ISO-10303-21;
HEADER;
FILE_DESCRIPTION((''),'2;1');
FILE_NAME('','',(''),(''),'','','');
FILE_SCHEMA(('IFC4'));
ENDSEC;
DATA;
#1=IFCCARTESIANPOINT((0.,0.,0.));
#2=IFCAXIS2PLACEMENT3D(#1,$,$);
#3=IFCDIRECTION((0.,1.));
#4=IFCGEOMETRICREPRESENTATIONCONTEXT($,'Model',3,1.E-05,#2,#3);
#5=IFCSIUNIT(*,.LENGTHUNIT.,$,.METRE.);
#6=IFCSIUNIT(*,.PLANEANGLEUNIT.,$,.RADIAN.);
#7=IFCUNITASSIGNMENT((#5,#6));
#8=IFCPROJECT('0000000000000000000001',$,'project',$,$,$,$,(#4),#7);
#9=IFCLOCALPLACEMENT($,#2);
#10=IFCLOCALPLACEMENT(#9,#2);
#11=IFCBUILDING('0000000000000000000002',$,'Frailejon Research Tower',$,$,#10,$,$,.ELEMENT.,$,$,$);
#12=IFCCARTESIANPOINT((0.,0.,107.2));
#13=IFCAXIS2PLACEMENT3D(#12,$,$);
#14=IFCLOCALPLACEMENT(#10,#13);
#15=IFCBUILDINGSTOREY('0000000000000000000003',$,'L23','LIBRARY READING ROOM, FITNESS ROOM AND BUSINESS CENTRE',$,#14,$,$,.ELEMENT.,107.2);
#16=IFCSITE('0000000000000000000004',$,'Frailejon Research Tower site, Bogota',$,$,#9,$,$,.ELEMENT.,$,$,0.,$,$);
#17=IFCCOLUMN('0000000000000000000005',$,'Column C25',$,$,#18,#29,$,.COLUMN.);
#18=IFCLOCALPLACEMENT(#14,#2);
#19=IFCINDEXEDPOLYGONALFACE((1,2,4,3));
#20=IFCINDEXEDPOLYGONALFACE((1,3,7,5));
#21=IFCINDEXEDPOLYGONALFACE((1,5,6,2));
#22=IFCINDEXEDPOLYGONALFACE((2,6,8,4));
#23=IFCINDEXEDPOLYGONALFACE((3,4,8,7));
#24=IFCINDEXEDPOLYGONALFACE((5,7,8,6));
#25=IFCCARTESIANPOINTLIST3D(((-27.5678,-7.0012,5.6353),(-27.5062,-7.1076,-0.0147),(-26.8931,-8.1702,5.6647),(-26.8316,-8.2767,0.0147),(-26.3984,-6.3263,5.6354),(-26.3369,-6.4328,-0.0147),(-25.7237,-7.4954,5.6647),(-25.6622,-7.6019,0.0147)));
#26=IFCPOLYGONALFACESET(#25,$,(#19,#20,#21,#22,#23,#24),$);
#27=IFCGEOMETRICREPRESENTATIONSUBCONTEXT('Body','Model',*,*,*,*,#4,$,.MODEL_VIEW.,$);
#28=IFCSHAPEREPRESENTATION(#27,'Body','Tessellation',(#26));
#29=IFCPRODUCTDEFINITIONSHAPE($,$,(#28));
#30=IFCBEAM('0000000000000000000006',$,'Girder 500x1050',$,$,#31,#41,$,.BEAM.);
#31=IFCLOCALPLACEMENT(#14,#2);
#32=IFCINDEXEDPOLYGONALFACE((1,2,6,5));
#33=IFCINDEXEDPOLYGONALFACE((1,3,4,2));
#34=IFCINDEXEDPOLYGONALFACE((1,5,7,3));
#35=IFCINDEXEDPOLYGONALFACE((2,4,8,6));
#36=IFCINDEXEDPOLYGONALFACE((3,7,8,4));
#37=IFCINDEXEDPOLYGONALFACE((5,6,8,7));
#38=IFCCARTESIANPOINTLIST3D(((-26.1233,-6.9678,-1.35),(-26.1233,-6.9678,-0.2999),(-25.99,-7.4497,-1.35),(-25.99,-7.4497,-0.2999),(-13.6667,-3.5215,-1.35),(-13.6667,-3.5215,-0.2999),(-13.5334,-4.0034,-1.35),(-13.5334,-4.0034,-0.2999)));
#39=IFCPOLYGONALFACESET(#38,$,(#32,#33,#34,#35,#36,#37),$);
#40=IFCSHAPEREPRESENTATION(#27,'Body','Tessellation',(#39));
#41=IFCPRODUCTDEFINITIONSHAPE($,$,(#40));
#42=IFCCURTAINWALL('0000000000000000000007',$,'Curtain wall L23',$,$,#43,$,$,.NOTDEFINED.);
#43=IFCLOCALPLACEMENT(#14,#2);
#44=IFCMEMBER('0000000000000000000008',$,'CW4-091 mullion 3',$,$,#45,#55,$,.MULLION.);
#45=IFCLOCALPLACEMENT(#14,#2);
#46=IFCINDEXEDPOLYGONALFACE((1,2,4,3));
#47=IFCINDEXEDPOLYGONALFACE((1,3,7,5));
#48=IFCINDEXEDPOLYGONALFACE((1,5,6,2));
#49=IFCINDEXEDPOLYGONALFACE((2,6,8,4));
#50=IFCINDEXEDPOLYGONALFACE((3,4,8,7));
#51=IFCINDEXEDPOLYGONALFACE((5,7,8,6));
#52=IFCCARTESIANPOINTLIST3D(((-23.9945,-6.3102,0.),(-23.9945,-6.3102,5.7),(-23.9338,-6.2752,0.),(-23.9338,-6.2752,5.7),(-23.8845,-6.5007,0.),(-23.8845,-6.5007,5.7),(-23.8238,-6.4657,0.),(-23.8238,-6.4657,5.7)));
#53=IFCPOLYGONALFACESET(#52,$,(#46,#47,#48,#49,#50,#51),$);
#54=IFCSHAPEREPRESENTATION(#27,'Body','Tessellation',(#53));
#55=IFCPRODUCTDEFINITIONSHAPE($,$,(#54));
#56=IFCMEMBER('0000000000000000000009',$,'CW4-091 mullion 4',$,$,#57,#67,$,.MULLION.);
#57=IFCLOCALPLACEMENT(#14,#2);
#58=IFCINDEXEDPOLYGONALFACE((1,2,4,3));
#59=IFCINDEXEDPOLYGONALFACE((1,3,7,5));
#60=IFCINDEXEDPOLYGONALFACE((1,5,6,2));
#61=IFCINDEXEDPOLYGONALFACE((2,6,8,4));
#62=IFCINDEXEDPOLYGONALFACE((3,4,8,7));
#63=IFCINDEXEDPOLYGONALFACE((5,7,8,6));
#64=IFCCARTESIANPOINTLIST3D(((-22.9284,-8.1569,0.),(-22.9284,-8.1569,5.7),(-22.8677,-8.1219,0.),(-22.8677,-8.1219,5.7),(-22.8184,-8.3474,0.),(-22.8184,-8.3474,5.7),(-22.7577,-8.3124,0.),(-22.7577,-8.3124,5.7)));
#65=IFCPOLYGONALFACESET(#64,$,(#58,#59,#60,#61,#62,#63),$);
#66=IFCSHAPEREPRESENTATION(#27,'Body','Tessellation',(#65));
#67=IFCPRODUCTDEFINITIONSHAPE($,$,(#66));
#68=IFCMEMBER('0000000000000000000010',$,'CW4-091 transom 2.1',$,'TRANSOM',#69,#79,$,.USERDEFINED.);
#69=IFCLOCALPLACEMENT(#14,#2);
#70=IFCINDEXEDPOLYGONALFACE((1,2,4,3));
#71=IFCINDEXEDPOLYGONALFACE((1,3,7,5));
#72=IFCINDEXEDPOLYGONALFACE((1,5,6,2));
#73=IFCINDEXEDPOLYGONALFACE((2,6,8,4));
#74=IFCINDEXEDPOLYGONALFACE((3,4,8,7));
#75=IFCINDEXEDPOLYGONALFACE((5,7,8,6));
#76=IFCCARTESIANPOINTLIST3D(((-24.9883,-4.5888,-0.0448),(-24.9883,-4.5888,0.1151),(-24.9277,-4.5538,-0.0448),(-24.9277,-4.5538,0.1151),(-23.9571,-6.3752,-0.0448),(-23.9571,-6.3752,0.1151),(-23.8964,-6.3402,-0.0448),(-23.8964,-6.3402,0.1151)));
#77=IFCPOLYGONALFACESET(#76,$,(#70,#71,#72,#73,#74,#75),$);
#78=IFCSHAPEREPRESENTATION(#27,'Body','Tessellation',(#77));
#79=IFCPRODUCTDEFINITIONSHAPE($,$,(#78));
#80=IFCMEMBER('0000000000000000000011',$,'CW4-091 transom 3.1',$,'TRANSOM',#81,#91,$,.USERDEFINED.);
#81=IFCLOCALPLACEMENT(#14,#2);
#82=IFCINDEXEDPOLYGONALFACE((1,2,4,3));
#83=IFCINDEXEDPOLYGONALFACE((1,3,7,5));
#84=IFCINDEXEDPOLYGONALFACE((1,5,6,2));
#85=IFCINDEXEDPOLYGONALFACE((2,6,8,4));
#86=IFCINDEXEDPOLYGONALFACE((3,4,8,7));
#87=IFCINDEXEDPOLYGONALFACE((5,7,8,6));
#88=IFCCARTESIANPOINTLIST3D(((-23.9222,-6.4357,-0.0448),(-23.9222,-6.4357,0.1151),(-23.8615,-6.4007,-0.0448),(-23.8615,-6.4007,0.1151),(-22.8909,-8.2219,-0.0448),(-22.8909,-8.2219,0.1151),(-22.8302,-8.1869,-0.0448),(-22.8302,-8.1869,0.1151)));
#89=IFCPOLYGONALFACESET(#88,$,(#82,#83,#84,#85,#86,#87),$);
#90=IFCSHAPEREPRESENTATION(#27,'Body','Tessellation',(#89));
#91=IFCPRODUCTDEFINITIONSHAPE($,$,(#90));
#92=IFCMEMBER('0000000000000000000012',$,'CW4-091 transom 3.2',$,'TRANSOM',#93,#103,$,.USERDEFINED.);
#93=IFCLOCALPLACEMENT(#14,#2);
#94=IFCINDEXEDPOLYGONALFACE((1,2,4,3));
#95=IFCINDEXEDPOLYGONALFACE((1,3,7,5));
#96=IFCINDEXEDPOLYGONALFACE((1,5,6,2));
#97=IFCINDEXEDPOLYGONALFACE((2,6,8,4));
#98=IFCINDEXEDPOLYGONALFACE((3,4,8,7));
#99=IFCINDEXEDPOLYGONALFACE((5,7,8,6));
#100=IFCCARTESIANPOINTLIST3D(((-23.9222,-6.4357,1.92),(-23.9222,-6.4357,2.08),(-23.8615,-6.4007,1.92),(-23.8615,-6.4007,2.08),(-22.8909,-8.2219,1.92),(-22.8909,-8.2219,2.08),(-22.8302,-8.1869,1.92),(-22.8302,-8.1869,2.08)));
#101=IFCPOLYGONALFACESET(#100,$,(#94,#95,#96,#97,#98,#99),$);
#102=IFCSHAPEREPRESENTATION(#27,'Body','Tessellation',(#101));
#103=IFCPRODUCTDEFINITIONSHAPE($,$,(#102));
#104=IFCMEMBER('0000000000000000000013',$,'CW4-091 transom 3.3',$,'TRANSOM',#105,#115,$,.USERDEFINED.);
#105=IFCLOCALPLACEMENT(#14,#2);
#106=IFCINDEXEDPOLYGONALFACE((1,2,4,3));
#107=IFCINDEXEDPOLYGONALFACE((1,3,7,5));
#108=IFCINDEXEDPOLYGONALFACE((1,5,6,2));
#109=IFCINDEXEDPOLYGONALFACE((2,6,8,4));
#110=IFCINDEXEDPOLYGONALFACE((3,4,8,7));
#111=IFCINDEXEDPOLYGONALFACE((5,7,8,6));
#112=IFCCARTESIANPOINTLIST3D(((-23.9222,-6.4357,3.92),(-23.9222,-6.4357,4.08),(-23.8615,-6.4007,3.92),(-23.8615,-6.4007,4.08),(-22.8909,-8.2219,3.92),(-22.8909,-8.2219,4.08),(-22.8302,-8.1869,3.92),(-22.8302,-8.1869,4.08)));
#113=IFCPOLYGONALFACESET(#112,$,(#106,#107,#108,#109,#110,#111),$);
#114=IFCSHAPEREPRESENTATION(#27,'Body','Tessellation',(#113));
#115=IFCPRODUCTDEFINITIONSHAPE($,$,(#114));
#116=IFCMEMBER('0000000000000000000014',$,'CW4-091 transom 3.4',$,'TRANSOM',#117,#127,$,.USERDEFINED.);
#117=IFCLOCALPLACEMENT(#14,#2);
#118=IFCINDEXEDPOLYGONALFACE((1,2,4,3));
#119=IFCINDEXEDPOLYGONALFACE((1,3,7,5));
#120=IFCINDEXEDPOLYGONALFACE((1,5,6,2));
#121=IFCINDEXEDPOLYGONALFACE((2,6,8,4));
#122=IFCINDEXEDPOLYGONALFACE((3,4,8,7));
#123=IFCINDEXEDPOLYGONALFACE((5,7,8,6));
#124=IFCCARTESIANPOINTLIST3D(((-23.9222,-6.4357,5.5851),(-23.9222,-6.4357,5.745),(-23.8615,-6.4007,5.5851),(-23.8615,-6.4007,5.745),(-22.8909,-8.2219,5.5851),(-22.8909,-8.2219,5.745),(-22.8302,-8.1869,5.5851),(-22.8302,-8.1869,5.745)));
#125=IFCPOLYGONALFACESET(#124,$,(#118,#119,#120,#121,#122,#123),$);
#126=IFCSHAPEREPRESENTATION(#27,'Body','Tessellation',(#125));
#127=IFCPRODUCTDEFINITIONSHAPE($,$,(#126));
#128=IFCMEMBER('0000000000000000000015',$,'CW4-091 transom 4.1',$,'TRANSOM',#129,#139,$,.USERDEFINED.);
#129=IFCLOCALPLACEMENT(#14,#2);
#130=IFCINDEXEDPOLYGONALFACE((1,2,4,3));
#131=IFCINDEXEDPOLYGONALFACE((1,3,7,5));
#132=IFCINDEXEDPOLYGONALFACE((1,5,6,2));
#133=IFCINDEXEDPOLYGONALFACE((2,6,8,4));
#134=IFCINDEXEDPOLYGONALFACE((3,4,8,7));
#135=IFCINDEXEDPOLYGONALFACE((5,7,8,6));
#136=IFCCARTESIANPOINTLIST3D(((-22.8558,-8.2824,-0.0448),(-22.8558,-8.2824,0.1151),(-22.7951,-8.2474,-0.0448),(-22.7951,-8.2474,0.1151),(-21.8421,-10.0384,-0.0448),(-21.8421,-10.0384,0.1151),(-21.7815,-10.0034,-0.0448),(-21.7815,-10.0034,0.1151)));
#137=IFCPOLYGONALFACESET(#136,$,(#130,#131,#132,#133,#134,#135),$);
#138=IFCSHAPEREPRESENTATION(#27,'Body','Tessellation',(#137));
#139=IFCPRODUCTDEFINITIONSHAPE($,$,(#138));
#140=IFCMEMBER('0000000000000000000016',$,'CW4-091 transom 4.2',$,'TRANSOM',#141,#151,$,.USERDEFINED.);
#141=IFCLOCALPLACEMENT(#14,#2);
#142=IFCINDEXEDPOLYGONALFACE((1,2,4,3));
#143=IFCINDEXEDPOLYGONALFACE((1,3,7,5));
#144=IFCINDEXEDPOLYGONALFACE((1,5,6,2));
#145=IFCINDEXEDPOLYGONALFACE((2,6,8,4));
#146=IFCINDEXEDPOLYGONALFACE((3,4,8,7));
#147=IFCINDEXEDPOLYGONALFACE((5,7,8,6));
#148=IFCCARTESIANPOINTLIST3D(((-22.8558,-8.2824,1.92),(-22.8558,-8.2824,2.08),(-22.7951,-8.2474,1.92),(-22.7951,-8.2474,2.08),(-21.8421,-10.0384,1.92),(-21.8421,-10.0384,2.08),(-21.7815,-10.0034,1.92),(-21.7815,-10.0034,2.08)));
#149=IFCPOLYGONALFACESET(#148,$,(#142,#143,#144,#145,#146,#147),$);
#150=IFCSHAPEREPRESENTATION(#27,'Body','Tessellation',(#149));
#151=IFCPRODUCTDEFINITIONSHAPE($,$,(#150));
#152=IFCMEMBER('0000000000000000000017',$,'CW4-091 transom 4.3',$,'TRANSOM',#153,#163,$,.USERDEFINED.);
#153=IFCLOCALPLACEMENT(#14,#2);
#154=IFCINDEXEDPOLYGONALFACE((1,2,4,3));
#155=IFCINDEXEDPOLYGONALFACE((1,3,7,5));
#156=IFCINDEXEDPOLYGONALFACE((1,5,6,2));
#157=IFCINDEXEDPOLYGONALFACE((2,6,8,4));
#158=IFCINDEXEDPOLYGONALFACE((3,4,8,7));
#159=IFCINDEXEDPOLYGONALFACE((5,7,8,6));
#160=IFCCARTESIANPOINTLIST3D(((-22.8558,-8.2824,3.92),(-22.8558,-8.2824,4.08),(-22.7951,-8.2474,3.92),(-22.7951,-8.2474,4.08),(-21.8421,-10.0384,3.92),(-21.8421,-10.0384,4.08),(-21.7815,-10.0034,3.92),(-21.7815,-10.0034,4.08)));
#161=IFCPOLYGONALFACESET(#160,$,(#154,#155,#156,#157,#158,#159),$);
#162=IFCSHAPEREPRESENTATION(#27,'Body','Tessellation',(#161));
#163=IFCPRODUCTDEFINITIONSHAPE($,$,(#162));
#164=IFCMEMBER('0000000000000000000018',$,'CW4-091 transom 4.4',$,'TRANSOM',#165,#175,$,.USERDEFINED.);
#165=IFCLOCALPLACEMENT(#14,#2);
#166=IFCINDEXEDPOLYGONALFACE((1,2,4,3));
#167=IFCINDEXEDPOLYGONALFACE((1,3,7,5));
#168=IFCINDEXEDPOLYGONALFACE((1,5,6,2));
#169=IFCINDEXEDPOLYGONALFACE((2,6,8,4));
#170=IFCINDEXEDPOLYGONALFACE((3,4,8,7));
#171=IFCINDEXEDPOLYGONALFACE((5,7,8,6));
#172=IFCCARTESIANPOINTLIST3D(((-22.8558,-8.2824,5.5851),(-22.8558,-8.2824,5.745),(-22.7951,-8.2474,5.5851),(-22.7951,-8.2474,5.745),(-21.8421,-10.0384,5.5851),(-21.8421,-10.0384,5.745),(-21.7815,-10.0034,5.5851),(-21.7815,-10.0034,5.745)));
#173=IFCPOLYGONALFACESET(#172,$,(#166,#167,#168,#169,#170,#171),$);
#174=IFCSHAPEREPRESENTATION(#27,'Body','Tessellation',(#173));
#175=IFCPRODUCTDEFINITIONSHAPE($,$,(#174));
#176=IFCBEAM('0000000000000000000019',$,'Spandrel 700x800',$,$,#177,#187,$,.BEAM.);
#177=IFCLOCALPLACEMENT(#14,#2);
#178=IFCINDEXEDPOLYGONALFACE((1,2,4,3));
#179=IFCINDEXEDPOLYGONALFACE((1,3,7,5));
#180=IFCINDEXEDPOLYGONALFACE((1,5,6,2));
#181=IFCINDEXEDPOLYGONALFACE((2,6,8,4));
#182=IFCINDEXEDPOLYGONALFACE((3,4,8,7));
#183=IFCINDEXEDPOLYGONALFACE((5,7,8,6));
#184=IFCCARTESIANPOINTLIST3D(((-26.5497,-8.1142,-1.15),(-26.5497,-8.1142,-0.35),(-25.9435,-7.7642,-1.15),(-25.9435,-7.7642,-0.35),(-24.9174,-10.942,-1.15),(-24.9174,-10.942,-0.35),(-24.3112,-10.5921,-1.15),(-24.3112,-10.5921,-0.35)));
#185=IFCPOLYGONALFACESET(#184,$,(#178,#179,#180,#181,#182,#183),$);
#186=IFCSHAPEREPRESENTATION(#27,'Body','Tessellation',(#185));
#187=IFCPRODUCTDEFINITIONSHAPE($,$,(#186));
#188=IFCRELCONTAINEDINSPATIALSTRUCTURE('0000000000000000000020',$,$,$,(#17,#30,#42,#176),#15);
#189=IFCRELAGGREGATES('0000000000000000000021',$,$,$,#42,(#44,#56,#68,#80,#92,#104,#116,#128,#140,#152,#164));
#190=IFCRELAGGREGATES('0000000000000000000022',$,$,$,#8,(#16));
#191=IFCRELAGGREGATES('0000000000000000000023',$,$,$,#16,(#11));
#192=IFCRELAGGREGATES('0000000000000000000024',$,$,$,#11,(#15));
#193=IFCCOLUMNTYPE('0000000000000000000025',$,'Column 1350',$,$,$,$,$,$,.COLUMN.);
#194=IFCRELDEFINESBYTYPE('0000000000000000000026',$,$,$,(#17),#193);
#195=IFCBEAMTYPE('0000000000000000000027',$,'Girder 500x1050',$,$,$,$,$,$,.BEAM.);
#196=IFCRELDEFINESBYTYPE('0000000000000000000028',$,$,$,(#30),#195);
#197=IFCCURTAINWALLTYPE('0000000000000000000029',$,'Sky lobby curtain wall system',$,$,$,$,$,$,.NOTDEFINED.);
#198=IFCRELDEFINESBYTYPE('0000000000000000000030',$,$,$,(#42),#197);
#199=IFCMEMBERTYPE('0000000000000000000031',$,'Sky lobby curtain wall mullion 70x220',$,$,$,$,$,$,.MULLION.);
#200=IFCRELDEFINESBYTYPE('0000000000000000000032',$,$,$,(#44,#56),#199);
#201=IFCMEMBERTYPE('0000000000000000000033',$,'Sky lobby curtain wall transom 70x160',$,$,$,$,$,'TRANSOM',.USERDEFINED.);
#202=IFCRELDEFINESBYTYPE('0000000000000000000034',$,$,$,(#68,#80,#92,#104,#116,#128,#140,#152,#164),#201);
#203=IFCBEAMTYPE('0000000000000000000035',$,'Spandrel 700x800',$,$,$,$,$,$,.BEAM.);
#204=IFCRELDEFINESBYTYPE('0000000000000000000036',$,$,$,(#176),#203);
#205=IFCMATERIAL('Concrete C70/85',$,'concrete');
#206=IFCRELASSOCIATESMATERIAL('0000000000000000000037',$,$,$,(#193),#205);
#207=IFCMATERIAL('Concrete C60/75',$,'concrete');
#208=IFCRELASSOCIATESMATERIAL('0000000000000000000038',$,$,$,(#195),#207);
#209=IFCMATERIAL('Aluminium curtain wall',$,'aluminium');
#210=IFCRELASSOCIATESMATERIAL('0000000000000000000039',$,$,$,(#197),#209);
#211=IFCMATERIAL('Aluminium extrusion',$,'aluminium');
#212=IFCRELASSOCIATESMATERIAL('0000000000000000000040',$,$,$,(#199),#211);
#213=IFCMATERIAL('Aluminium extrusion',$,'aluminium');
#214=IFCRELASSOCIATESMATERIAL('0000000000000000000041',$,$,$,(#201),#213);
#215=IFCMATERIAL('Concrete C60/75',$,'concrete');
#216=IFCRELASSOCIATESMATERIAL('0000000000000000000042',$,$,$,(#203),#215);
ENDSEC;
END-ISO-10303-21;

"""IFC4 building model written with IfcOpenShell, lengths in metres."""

from ifc_helpers import new_model, si_unit, direction, frame, origin, origin_2d, place, context, subcontext, project, spatial, rectangle, extrude, material, material_profile, profile_set, type_object, element, aggregate, save


model = new_model("IFC4")

# Units and contexts
model_context = context("Model", 3, precision=1e-05, world=origin(), true_north=direction((0.0, 1.0)))
body_context = subcontext(model_context, "Body", "Model", "MODEL_VIEW")
ifc_project = project(units=[si_unit("LENGTHUNIT", "METRE"), si_unit("PLANEANGLEUNIT", "RADIAN")], contexts=[model_context])

# Site, building, storey
site_placement = place(None, origin())
site = spatial("IfcSite", under=ifc_project, at=site_placement, Name="Frailejon Research Tower site, Bogota", CompositionType="ELEMENT", RefElevation=0.0)
building_placement = place(site_placement, origin())
building = spatial("IfcBuilding", under=site, at=building_placement, Name="Frailejon Research Tower", CompositionType="ELEMENT")
storey_placement = place(building_placement, frame((0.0, 0.0, 107.2)))
storey = spatial("IfcBuildingStorey", under=building, at=storey_placement, Name="L23", Description="LIBRARY READING ROOM, FITNESS ROOM AND BUSINESS CENTRE", CompositionType="ELEMENT", Elevation=107.2)

# Column
ifc_material_1 = material(Name="Concrete C70/85", Category="concrete")
ifc_material_profile_1 = material_profile(ifc_material_1, rectangle(XDim=1.3501, YDim=1.3501, at=origin_2d()), Name="Column 1350")
ifc_profile_set_1 = profile_set([ifc_material_profile_1], Name="Concrete C70/85")
column_type = type_object("IfcColumnType", Name="Column 1350", PredefinedType="COLUMN", material=ifc_profile_set_1)
column_placement = place(storey_placement, frame((-26.5842, -7.3547, 0.0), z_axis=(-0.010886, 0.018835, 0.999763), x_axis=(0.499708, -0.865921, 0.021755)))
element("IfcColumn", 1, at=column_placement, inside=storey, type_object=column_type, Name="Column C25", PredefinedType="COLUMN", context=body_context, shape_type="SweptSolid", body=[
    extrude(rectangle(XDim=1.3501, YDim=1.3501, at=origin_2d()), origin(), (0.0, 0.0, 1.0), 5.6514),
])

# Beam
ifc_material_2 = material(Name="Concrete C60/75", Category="concrete")
ifc_material_profile_2 = material_profile(ifc_material_2, rectangle(XDim=0.5, YDim=1.05, at=origin_2d()), Name="Girder 500x1050")
ifc_profile_set_2 = profile_set([ifc_material_profile_2], Name="Concrete C60/75")
beam_type_1 = type_object("IfcBeamType", Name="Girder 500x1050", PredefinedType="BEAM", material=ifc_profile_set_2)
beam_1_placement = place(storey_placement, frame((-26.0566, -7.2087, -0.825), z_axis=(0.963794, 0.266648, 0.0), x_axis=(-0.266648, 0.963794, 0.0)))
element("IfcBeam", 2, at=beam_1_placement, inside=storey, type_object=beam_type_1, Name="Girder 500x1050", PredefinedType="BEAM", context=body_context, shape_type="SweptSolid", body=[
    extrude(rectangle(XDim=0.5, YDim=1.05, at=origin_2d()), origin(), (0.0, 0.0, 1.0), 12.9246),
])

# Curtain wall, members
ifc_material_3 = material(Name="Aluminium curtain wall", Category="aluminium")
curtain_wall_type = type_object("IfcCurtainWallType", Name="Sky lobby curtain wall system", PredefinedType="NOTDEFINED", material=ifc_material_3)
curtain_wall_placement = place(storey_placement, origin())
curtain_wall = element("IfcCurtainWall", 3, at=curtain_wall_placement, inside=storey, type_object=curtain_wall_type, Name="Curtain wall L23", PredefinedType="NOTDEFINED")
ifc_material_4 = material(Name="Aluminium extrusion", Category="aluminium")
ifc_material_profile_3 = material_profile(ifc_material_4, rectangle(XDim=0.0701, YDim=0.22, at=origin_2d()), Name="Sky lobby curtain wall mullion 70x220")
ifc_profile_set_3 = profile_set([ifc_material_profile_3], Name="Aluminium extrusion")
member_type_1 = type_object("IfcMemberType", Name="Sky lobby curtain wall mullion 70x220", PredefinedType="MULLION", material=ifc_profile_set_3)
member_1_placement = place(storey_placement, frame((-23.9092, -6.3879, 0.0), z_axis=(0.0, 0.0, 1.0), x_axis=(0.866026, 0.5, 0.0)))
member_1 = element("IfcMember", 4, at=member_1_placement, type_object=member_type_1, Name="CW4-091 mullion 3", PredefinedType="MULLION", context=body_context, shape_type="SweptSolid", body=[
    extrude(rectangle(XDim=0.0701, YDim=0.22, at=origin_2d()), origin(), (0.0, 0.0, 1.0), 5.7),
])
member_2_placement = place(storey_placement, frame((-22.843, -8.2346, 0.0), z_axis=(0.0, 0.0, 1.0), x_axis=(0.866026, 0.5, 0.0)))
member_2 = element("IfcMember", 5, at=member_2_placement, type_object=member_type_1, Name="CW4-091 mullion 4", PredefinedType="MULLION", context=body_context, shape_type="SweptSolid", body=[
    extrude(rectangle(XDim=0.0701, YDim=0.22, at=origin_2d()), origin(), (0.0, 0.0, 1.0), 5.7),
])
ifc_material_5 = material(Name="Aluminium extrusion", Category="aluminium")
ifc_material_profile_4 = material_profile(ifc_material_5, rectangle(XDim=0.0701, YDim=0.1599, at=origin_2d()), Name="Sky lobby curtain wall transom 70x160")
ifc_profile_set_4 = profile_set([ifc_material_profile_4], Name="Aluminium extrusion")
member_type_2 = type_object("IfcMemberType", Name="Sky lobby curtain wall transom 70x160", ElementType="TRANSOM", PredefinedType="USERDEFINED", material=ifc_profile_set_4)
member_3_placement = place(storey_placement, frame((-24.958, -4.5713, 0.0352), z_axis=(0.499958, -0.86605, 0.0), x_axis=(0.86605, 0.499958, 0.0)))
member_3 = element("IfcMember", 6, at=member_3_placement, type_object=member_type_2, Name="CW4-091 transom 2.1", ObjectType="TRANSOM", PredefinedType="USERDEFINED", context=body_context, shape_type="SweptSolid", body=[
    extrude(rectangle(XDim=0.0701, YDim=0.1599, at=origin_2d()), origin(), (0.0, 0.0, 1.0), 2.0627),
])
member_4_placement = place(storey_placement, frame((-23.8918, -6.4182, 0.0352), z_axis=(0.500009, -0.86602, 0.0), x_axis=(0.86602, 0.500009, 0.0)))
member_4 = element("IfcMember", 7, at=member_4_placement, type_object=member_type_2, Name="CW4-091 transom 3.1", ObjectType="TRANSOM", PredefinedType="USERDEFINED", context=body_context, shape_type="SweptSolid", body=[
    extrude(rectangle(XDim=0.0701, YDim=0.1599, at=origin_2d()), origin(), (0.0, 0.0, 1.0), 2.0625),
])
member_5_placement = place(storey_placement, frame((-23.8918, -6.4182, 2.0), z_axis=(0.500009, -0.86602, 0.0), x_axis=(0.86602, 0.500009, 0.0)))
member_5 = element("IfcMember", 8, at=member_5_placement, type_object=member_type_2, Name="CW4-091 transom 3.2", ObjectType="TRANSOM", PredefinedType="USERDEFINED", context=body_context, shape_type="SweptSolid", body=[
    extrude(rectangle(XDim=0.0701, YDim=0.1599, at=origin_2d()), origin(), (0.0, 0.0, 1.0), 2.0625),
])
member_6_placement = place(storey_placement, frame((-23.8918, -6.4182, 4.0), z_axis=(0.500009, -0.86602, 0.0), x_axis=(0.86602, 0.500009, 0.0)))
member_6 = element("IfcMember", 9, at=member_6_placement, type_object=member_type_2, Name="CW4-091 transom 3.3", ObjectType="TRANSOM", PredefinedType="USERDEFINED", context=body_context, shape_type="SweptSolid", body=[
    extrude(rectangle(XDim=0.0701, YDim=0.1599, at=origin_2d()), origin(), (0.0, 0.0, 1.0), 2.0625),
])
member_7_placement = place(storey_placement, frame((-23.8918, -6.4182, 5.665), z_axis=(0.500009, -0.86602, 0.0), x_axis=(0.86602, 0.500009, 0.0)))
member_7 = element("IfcMember", 10, at=member_7_placement, type_object=member_type_2, Name="CW4-091 transom 3.4", ObjectType="TRANSOM", PredefinedType="USERDEFINED", context=body_context, shape_type="SweptSolid", body=[
    extrude(rectangle(XDim=0.0701, YDim=0.1599, at=origin_2d()), origin(), (0.0, 0.0, 1.0), 2.0625),
])
member_8_placement = place(storey_placement, frame((-22.8254, -8.2649, 0.0352), z_axis=(0.49992, -0.866071, 0.0), x_axis=(0.866071, 0.49992, 0.0)))
member_8 = element("IfcMember", 11, at=member_8_placement, type_object=member_type_2, Name="CW4-091 transom 4.1", ObjectType="TRANSOM", PredefinedType="USERDEFINED", context=body_context, shape_type="SweptSolid", body=[
    extrude(rectangle(XDim=0.0701, YDim=0.1599, at=origin_2d()), origin(), (0.0, 0.0, 1.0), 2.0276),
])
member_9_placement = place(storey_placement, frame((-22.8254, -8.2649, 2.0), z_axis=(0.49992, -0.866071, 0.0), x_axis=(0.866071, 0.49992, 0.0)))
member_9 = element("IfcMember", 12, at=member_9_placement, type_object=member_type_2, Name="CW4-091 transom 4.2", ObjectType="TRANSOM", PredefinedType="USERDEFINED", context=body_context, shape_type="SweptSolid", body=[
    extrude(rectangle(XDim=0.0701, YDim=0.1599, at=origin_2d()), origin(), (0.0, 0.0, 1.0), 2.0276),
])
member_10_placement = place(storey_placement, frame((-22.8254, -8.2649, 4.0), z_axis=(0.49992, -0.866071, 0.0), x_axis=(0.866071, 0.49992, 0.0)))
member_10 = element("IfcMember", 13, at=member_10_placement, type_object=member_type_2, Name="CW4-091 transom 4.3", ObjectType="TRANSOM", PredefinedType="USERDEFINED", context=body_context, shape_type="SweptSolid", body=[
    extrude(rectangle(XDim=0.0701, YDim=0.1599, at=origin_2d()), origin(), (0.0, 0.0, 1.0), 2.0276),
])
member_11_placement = place(storey_placement, frame((-22.8254, -8.2649, 5.665), z_axis=(0.49992, -0.866071, 0.0), x_axis=(0.866071, 0.49992, 0.0)))
member_11 = element("IfcMember", 14, at=member_11_placement, type_object=member_type_2, Name="CW4-091 transom 4.4", ObjectType="TRANSOM", PredefinedType="USERDEFINED", context=body_context, shape_type="SweptSolid", body=[
    extrude(rectangle(XDim=0.0701, YDim=0.1599, at=origin_2d()), origin(), (0.0, 0.0, 1.0), 2.0276),
])

# Beam
ifc_material_6 = material(Name="Concrete C60/75", Category="concrete")
ifc_material_profile_5 = material_profile(ifc_material_6, rectangle(XDim=0.7, YDim=0.8, at=origin_2d()), Name="Spandrel 700x800")
ifc_profile_set_5 = profile_set([ifc_material_profile_5], Name="Concrete C60/75")
beam_type_2 = type_object("IfcBeamType", Name="Spandrel 700x800", PredefinedType="BEAM", material=ifc_profile_set_5)
beam_2_placement = place(storey_placement, frame((-26.2466, -7.9392, -0.75), z_axis=(0.499919, -0.866072, 0.0), x_axis=(0.866072, 0.499919, 0.0)))
element("IfcBeam", 15, at=beam_2_placement, inside=storey, type_object=beam_type_2, Name="Spandrel 700x800", PredefinedType="BEAM", context=body_context, shape_type="SweptSolid", body=[
    extrude(rectangle(XDim=0.7, YDim=0.8, at=origin_2d()), origin(), (0.0, 0.0, 1.0), 3.2651),
])

aggregate(curtain_wall, [member_1, member_2, member_3, member_4, member_5, member_6, member_7, member_8, member_9, member_10, member_11])

save(model, "model.ifc")
